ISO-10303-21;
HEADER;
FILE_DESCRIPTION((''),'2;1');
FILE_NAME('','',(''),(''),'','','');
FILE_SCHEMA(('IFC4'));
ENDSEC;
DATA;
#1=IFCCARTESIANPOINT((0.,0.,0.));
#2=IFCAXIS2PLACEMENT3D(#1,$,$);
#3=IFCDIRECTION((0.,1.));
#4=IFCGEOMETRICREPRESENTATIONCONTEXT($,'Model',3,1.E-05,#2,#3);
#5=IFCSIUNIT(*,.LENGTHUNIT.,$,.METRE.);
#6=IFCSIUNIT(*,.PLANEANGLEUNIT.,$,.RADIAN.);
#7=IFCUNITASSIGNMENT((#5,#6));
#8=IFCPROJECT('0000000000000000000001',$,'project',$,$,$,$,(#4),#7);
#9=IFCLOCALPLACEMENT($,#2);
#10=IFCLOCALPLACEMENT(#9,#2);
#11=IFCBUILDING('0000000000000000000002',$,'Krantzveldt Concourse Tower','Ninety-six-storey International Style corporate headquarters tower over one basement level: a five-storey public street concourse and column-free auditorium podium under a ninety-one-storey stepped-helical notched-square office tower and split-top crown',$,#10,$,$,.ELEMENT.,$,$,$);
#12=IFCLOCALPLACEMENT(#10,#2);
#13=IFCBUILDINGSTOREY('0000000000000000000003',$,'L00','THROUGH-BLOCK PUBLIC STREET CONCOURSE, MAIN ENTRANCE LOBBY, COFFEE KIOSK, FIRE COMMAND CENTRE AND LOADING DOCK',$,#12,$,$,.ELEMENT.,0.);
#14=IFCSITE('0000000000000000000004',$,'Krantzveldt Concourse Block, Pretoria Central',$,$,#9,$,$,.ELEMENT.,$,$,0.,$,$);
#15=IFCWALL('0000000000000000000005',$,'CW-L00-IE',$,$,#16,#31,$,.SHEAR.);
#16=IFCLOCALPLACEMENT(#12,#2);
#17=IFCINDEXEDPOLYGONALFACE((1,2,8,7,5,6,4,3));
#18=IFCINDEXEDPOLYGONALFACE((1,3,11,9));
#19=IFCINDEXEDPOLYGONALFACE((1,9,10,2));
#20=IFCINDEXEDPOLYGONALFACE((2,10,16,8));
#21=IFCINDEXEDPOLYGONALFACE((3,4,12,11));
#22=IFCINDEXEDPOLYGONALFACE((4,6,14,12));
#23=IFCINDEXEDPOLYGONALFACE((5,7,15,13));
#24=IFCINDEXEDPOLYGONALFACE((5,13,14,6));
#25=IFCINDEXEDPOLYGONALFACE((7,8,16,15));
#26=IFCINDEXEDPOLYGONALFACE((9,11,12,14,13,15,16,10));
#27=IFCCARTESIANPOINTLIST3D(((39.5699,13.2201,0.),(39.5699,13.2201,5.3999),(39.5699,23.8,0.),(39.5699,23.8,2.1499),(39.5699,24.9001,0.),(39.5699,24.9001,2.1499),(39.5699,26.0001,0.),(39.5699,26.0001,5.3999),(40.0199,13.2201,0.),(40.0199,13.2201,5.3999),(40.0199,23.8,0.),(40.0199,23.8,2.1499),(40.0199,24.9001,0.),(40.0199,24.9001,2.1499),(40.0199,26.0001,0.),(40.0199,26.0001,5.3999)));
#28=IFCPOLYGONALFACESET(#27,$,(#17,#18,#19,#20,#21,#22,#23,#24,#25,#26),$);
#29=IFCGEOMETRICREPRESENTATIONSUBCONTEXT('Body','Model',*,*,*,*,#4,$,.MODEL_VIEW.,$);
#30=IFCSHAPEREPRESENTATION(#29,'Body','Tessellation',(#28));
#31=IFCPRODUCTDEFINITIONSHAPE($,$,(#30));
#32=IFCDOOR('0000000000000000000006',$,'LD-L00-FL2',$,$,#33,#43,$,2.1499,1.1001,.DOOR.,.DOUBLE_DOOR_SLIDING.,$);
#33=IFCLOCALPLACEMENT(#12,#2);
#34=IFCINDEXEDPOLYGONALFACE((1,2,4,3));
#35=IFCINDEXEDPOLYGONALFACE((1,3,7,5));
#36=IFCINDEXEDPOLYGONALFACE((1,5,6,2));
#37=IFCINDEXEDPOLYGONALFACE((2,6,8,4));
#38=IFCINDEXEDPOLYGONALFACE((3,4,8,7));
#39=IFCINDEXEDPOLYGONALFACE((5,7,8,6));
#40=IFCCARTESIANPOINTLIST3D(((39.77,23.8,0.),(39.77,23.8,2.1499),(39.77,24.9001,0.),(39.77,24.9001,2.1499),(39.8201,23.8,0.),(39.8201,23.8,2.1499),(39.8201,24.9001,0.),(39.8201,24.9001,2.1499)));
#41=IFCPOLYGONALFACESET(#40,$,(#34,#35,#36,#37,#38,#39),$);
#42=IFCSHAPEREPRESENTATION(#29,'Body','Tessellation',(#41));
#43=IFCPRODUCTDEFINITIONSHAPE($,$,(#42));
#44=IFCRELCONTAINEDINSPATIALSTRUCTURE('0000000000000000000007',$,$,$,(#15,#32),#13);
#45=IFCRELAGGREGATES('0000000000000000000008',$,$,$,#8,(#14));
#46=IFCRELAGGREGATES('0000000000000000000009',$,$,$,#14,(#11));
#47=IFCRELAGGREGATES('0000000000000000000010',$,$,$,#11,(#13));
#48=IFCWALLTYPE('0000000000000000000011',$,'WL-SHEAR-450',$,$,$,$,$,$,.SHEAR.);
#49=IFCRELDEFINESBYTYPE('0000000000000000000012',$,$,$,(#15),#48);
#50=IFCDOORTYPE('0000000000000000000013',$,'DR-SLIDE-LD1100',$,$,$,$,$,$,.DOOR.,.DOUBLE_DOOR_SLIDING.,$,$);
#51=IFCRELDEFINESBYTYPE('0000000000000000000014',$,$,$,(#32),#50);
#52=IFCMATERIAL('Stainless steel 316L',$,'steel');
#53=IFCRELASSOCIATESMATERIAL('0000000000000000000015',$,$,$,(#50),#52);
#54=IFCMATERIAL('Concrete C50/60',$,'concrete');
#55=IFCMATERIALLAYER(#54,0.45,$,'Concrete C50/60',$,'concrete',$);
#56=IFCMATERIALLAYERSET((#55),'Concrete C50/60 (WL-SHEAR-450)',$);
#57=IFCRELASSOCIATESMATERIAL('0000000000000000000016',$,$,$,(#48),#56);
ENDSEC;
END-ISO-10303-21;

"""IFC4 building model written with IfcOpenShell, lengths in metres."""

from ifc_helpers import new_model, si_unit, direction, frame, frame_2d, origin, place, context, subcontext, project, spatial, rectangle, extrude, material, layer, layer_set, type_object, element, fill, save


model = new_model("IFC4")

# Units and contexts
model_context = context("Model", 3, precision=1e-05, world=origin(), true_north=direction((0.0, 1.0)))
body_context = subcontext(model_context, "Body", "Model", "MODEL_VIEW")
ifc_project = project(units=[si_unit("LENGTHUNIT", "METRE"), si_unit("PLANEANGLEUNIT", "RADIAN")], contexts=[model_context])

# Site, building, storey
site_placement = place(None, origin())
site = spatial("IfcSite", under=ifc_project, at=site_placement, Name="Krantzveldt Concourse Block, Pretoria Central", CompositionType="ELEMENT", RefElevation=0.0)
building_placement = place(site_placement, origin())
building = spatial("IfcBuilding", under=site, at=building_placement, Name="Krantzveldt Concourse Tower", Description="Ninety-six-storey International Style corporate headquarters tower over one basement level: a five-storey public street concourse and column-free auditorium podium under a ninety-one-storey stepped-helical notched-square office tower and split-top crown", CompositionType="ELEMENT")
storey_placement = place(building_placement, origin())
storey = spatial("IfcBuildingStorey", under=building, at=storey_placement, Name="L00", Description="THROUGH-BLOCK PUBLIC STREET CONCOURSE, MAIN ENTRANCE LOBBY, COFFEE KIOSK, FIRE COMMAND CENTRE AND LOADING DOCK", CompositionType="ELEMENT", Elevation=0.0)

# Shared definitions
ifc_material_1 = material(Name="Concrete C50/60", Category="concrete")

# Shared definitions
ifc_material_2 = material(Name="Stainless steel 316L", Category="steel")
door_type_1 = type_object("IfcDoorType", Name="DR-SLIDE-LD1100", OperationType="DOUBLE_DOOR_SLIDING", PredefinedType="DOOR", material=ifc_material_2)

# Wall, opening, door
ifc_layer_1 = layer(ifc_material_1, 0.45, Name="Concrete C50/60", Category="concrete")
ifc_layer_set_1 = layer_set([ifc_layer_1], Name="Concrete C50/60 (WL-SHEAR-450)")
wall_type_1 = type_object("IfcWallType", Name="WL-SHEAR-450", PredefinedType="SHEAR", material=ifc_layer_set_1)
wall_1_placement = place(storey_placement, frame((39.7949, 13.22, 0.0), z_axis=(0.0, 0.0, 1.0), x_axis=(0.0, 1.0, 0.0)))
wall_1 = element("IfcWall", 1, at=wall_1_placement, inside=storey, type_object=wall_type_1, Name="CW-L00-IE", PredefinedType="SHEAR", context=body_context, shape_type="SweptSolid", body=[
    extrude(rectangle(XDim=12.78, YDim=0.45, at=frame_2d((6.3901, 0.0))), origin(), (0.0, 0.0, 1.0), 5.3999),
])
opening_1_placement = place(wall_1_placement, frame((10.5801, 0.0, 0.0)))
opening_1 = element("IfcOpeningElement", 2, at=opening_1_placement, cuts=wall_1, PredefinedType="OPENING", context=body_context, shape_type="SweptSolid", body=[
    extrude(rectangle(XDim=1.1001, YDim=2.1499, at=frame_2d((0.55, 1.075))), frame((0.0, 0.2349, 0.0), z_axis=(0.0, -1.0, 0.0), x_axis=(1.0, 0.0, 0.0)), (0.0, 0.0, 1.0), 0.47),
])
door_1_placement = place(opening_1_placement, origin())
door_1 = element("IfcDoor", 3, at=door_1_placement, inside=storey, type_object=door_type_1, Name="LD-L00-FL2", OperationType="DOUBLE_DOOR_SLIDING", OverallHeight=2.1499, OverallWidth=1.1001, PredefinedType="DOOR", context=body_context, shape_type="SweptSolid", body=[
    extrude(rectangle(XDim=1.1001, YDim=2.1499, at=frame_2d((0.55, 1.075))), frame((0.0, 0.0249, 0.0), z_axis=(0.0, -1.0, 0.0), x_axis=(1.0, 0.0, 0.0)), (0.0, 0.0, 1.0), 0.05),
])
fill(opening_1, door_1)

save(model, "model.ifc")
